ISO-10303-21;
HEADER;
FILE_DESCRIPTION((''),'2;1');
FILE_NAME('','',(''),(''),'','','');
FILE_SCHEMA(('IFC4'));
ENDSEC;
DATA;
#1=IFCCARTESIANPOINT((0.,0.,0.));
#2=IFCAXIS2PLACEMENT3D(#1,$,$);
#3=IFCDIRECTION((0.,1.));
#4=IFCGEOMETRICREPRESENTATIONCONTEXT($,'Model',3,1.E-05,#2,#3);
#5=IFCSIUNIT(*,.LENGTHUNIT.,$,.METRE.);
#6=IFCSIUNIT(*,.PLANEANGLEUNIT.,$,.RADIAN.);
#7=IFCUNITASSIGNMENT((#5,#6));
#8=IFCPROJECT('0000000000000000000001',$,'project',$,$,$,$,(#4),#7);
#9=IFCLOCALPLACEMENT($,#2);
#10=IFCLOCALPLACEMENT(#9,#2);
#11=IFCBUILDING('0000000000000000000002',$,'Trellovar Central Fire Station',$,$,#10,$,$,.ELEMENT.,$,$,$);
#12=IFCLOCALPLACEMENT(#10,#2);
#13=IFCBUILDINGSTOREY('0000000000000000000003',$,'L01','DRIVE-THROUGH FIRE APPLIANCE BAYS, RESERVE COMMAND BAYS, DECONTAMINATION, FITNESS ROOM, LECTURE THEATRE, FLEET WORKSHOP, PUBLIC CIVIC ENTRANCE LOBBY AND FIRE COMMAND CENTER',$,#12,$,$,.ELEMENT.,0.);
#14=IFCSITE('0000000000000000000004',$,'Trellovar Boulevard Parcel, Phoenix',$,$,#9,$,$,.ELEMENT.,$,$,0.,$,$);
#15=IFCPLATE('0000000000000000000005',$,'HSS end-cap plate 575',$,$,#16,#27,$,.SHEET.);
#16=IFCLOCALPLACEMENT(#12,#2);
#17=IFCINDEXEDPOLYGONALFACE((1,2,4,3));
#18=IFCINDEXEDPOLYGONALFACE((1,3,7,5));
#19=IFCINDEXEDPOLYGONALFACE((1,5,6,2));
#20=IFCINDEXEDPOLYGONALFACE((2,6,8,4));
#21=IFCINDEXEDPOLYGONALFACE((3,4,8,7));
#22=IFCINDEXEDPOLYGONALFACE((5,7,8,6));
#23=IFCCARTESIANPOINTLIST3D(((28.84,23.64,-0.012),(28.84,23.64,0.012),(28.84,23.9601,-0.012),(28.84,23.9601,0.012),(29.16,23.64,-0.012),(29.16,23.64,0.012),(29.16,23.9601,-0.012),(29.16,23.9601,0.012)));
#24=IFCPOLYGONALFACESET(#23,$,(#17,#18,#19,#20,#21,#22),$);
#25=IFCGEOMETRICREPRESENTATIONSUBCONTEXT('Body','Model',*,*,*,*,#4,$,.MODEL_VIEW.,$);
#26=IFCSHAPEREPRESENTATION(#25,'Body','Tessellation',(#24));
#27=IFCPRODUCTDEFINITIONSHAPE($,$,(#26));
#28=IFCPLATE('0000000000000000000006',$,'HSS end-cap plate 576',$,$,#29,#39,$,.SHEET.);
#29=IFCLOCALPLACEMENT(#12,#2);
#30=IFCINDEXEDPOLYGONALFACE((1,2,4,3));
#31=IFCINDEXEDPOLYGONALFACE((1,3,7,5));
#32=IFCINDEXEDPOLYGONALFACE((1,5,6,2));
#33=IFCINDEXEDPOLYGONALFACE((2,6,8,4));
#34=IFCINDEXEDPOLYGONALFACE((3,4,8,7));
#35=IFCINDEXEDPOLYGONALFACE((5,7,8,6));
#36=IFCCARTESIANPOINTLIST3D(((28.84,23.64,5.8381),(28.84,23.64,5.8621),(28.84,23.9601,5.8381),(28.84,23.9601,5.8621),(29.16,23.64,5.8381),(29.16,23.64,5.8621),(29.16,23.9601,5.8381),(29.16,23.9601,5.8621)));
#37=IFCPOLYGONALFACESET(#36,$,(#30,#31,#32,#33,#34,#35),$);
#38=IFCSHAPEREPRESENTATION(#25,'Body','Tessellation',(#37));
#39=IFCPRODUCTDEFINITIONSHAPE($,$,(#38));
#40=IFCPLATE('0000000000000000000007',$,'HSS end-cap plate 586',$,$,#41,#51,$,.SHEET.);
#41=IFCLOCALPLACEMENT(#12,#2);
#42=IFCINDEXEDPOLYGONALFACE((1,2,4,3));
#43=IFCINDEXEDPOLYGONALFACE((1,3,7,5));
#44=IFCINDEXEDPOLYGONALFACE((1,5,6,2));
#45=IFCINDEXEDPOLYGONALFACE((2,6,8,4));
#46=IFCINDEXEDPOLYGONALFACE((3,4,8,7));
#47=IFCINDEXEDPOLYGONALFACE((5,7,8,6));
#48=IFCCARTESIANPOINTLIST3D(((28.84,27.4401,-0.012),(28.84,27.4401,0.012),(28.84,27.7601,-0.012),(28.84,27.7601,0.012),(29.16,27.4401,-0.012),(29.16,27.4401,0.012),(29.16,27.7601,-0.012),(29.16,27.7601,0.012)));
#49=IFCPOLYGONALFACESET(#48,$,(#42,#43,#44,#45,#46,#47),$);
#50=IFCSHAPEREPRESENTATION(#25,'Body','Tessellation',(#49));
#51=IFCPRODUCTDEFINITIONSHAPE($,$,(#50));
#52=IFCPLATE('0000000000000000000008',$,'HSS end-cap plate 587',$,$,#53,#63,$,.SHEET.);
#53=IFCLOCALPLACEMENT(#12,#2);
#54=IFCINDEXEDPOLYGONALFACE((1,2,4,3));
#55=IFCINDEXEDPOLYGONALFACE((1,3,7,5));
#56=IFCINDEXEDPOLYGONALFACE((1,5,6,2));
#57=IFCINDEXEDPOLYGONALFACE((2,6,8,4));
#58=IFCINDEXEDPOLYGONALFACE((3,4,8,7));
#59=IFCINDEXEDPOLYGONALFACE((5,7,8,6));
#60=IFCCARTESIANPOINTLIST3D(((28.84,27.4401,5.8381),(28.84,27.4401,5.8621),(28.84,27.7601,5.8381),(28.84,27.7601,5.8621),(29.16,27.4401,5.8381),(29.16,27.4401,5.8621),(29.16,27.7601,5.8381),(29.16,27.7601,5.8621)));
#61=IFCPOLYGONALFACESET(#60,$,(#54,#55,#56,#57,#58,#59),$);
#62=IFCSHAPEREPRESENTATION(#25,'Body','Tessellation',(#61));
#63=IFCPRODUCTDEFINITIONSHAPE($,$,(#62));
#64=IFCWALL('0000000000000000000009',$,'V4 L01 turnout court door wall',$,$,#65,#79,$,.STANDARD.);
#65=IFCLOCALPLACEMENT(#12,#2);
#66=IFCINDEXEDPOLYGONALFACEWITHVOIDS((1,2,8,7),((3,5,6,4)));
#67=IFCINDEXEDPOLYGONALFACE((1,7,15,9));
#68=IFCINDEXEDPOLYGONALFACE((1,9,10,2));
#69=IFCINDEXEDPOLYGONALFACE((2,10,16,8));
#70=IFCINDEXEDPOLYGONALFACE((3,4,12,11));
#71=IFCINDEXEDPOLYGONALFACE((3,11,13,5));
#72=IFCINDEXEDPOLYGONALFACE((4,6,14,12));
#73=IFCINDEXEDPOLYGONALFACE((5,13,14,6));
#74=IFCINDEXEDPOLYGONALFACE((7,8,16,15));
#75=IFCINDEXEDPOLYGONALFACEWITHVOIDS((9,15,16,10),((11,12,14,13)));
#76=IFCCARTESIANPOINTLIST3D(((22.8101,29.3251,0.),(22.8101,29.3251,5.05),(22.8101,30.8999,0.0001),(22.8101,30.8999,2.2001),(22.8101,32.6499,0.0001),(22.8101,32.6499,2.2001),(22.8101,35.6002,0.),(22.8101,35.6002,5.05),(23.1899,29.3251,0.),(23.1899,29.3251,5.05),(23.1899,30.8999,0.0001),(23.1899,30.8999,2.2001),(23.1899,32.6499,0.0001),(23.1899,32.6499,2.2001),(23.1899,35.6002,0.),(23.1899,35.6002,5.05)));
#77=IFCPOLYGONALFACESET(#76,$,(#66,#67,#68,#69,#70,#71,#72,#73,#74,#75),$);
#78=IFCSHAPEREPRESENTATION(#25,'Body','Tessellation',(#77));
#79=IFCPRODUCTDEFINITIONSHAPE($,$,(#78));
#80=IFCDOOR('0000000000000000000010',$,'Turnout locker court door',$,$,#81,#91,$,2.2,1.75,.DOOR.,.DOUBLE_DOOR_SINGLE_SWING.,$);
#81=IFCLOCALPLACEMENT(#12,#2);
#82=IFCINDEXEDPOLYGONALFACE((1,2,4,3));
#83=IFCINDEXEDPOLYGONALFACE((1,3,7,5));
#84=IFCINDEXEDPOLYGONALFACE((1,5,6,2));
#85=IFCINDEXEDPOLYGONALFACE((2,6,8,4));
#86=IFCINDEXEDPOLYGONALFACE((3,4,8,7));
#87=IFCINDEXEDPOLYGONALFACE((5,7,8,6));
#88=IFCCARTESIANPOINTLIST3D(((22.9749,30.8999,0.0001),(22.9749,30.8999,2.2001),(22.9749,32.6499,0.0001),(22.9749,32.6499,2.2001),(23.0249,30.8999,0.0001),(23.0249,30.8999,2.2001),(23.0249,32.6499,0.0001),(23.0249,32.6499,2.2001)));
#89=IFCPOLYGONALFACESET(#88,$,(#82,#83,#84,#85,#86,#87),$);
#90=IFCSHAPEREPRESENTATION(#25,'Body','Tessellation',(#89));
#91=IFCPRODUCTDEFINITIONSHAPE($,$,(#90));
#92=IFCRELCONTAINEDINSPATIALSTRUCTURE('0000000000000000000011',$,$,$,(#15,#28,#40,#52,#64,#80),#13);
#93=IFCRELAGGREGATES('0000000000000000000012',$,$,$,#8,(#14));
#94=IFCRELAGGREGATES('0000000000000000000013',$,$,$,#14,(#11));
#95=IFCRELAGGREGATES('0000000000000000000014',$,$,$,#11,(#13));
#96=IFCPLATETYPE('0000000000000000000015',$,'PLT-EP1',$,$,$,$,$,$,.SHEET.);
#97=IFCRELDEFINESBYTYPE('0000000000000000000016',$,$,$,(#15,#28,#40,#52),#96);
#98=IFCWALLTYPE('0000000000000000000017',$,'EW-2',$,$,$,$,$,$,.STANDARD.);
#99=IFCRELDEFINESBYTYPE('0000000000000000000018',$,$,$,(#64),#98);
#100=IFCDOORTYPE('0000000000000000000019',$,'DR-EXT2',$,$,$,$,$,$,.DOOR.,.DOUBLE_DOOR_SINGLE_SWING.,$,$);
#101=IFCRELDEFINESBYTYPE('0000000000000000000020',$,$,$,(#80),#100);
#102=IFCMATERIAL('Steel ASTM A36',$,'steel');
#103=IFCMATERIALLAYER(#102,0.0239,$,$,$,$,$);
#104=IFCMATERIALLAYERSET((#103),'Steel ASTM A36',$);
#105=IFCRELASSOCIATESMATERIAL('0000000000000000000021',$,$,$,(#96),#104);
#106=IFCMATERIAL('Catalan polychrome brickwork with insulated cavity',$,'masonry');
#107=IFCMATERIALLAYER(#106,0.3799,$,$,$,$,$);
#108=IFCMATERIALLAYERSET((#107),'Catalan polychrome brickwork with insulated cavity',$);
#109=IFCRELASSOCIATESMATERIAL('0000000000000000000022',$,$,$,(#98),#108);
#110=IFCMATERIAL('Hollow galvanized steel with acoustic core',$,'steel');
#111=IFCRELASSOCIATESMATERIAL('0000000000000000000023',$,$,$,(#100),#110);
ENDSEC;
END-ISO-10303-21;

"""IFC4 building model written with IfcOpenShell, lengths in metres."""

from ifc_helpers import new_model, si_unit, direction, frame, frame_2d, origin, origin_2d, place, context, subcontext, project, spatial, rectangle, extrude, material, layer, layer_set, type_object, element, fill, save


model = new_model("IFC4")

# Units and contexts
model_context = context("Model", 3, precision=1e-05, world=origin(), true_north=direction((0.0, 1.0)))
body_context = subcontext(model_context, "Body", "Model", "MODEL_VIEW")
ifc_project = project(units=[si_unit("LENGTHUNIT", "METRE"), si_unit("PLANEANGLEUNIT", "RADIAN")], contexts=[model_context])

# Site, building, storey
site_placement = place(None, origin())
site = spatial("IfcSite", under=ifc_project, at=site_placement, Name="Trellovar Boulevard Parcel, Phoenix", CompositionType="ELEMENT", RefElevation=0.0)
building_placement = place(site_placement, origin())
building = spatial("IfcBuilding", under=site, at=building_placement, Name="Trellovar Central Fire Station", CompositionType="ELEMENT")
storey_placement = place(building_placement, origin())
storey = spatial("IfcBuildingStorey", under=building, at=storey_placement, Name="L01", Description="DRIVE-THROUGH FIRE APPLIANCE BAYS, RESERVE COMMAND BAYS, DECONTAMINATION, FITNESS ROOM, LECTURE THEATRE, FLEET WORKSHOP, PUBLIC CIVIC ENTRANCE LOBBY AND FIRE COMMAND CENTER", CompositionType="ELEMENT", Elevation=0.0)

# Plates
ifc_material_1 = material(Name="Steel ASTM A36", Category="steel")
ifc_layer_1 = layer(ifc_material_1, 0.0239)
ifc_layer_set_1 = layer_set([ifc_layer_1], Name="Steel ASTM A36")
plate_type_1 = type_object("IfcPlateType", Name="PLT-EP1", PredefinedType="SHEET", material=ifc_layer_set_1)
for number, where, z_axis, x_axis, name in (
    (1, (29.0, 23.8, -0.012), (0.0, 0.0, 1.0), (1.0, 0.0, 0.0), "HSS end-cap plate 575"),
    (2, (29.0, 23.8, 5.8381), (0.0, 0.0, 1.0), (1.0, 0.0, 0.0), "HSS end-cap plate 576"),
    (3, (29.0, 27.6001, -0.012), (0.0, 0.0, 1.0), (1.0, 0.0, 0.0), "HSS end-cap plate 586"),
    (4, (29.0, 27.6001, 5.8381), (0.0, 0.0, 1.0), (1.0, 0.0, 0.0), "HSS end-cap plate 587"),
):
    element("IfcPlate", number, at=place(storey_placement, frame(where, z_axis=z_axis, x_axis=x_axis)), inside=storey, type_object=plate_type_1, Name=name, PredefinedType="SHEET", context=body_context, shape_type="SweptSolid", body=[
        extrude(rectangle(XDim=0.3201, YDim=0.3201, at=origin_2d()), origin(), (0.0, 0.0, 1.0), 0.0239),
    ])

# Wall, opening, door
ifc_material_2 = material(Name="Catalan polychrome brickwork with insulated cavity", Category="masonry")
ifc_layer_2 = layer(ifc_material_2, 0.3799)
ifc_layer_set_2 = layer_set([ifc_layer_2], Name="Catalan polychrome brickwork with insulated cavity")
wall_type = type_object("IfcWallType", Name="EW-2", PredefinedType="STANDARD", material=ifc_layer_set_2)
wall_placement = place(storey_placement, frame((23.0, 29.325, 0.0), z_axis=(0.0, 0.0, 1.0), x_axis=(0.0, 1.0, 0.0)))
wall = element("IfcWall", 5, at=wall_placement, inside=storey, type_object=wall_type, Name="V4 L01 turnout court door wall", PredefinedType="STANDARD", context=body_context, shape_type="SweptSolid", body=[
    extrude(rectangle(XDim=6.2751, YDim=0.3799, at=frame_2d((3.1377, 0.0))), origin(), (0.0, 0.0, 1.0), 5.05),
])
opening_placement = place(wall_placement, frame((1.575, 0.0, 0.0)))
opening = element("IfcOpeningElement", 6, at=opening_placement, cuts=wall, PredefinedType="OPENING", context=body_context, shape_type="SweptSolid", body=[
    extrude(rectangle(XDim=1.75, YDim=2.2, at=frame_2d((0.875, 1.1001))), frame((0.0, 0.2, 0.0), z_axis=(0.0, -1.0, 0.0), x_axis=(1.0, 0.0, 0.0)), (0.0, 0.0, 1.0), 0.3999),
])
ifc_material_3 = material(Name="Hollow galvanized steel with acoustic core", Category="steel")
door_type = type_object("IfcDoorType", Name="DR-EXT2", OperationType="DOUBLE_DOOR_SINGLE_SWING", PredefinedType="DOOR", material=ifc_material_3)
door_placement = place(opening_placement, frame((1.75, 0.0, 0.0), z_axis=(0.0, 0.0, 1.0), x_axis=(-1.0, 0.0, 0.0)))
door = element("IfcDoor", 7, at=door_placement, inside=storey, type_object=door_type, Name="Turnout locker court door", OperationType="DOUBLE_DOOR_SINGLE_SWING", OverallHeight=2.2, OverallWidth=1.75, PredefinedType="DOOR", context=body_context, shape_type="SweptSolid", body=[
    extrude(rectangle(XDim=1.75, YDim=2.2, at=frame_2d((0.875, 1.1001))), frame((0.0, 0.0249, 0.0), z_axis=(0.0, -1.0, 0.0), x_axis=(1.0, 0.0, 0.0)), (0.0, 0.0, 1.0), 0.05),
])
fill(opening, door)

save(model, "model.ifc")
